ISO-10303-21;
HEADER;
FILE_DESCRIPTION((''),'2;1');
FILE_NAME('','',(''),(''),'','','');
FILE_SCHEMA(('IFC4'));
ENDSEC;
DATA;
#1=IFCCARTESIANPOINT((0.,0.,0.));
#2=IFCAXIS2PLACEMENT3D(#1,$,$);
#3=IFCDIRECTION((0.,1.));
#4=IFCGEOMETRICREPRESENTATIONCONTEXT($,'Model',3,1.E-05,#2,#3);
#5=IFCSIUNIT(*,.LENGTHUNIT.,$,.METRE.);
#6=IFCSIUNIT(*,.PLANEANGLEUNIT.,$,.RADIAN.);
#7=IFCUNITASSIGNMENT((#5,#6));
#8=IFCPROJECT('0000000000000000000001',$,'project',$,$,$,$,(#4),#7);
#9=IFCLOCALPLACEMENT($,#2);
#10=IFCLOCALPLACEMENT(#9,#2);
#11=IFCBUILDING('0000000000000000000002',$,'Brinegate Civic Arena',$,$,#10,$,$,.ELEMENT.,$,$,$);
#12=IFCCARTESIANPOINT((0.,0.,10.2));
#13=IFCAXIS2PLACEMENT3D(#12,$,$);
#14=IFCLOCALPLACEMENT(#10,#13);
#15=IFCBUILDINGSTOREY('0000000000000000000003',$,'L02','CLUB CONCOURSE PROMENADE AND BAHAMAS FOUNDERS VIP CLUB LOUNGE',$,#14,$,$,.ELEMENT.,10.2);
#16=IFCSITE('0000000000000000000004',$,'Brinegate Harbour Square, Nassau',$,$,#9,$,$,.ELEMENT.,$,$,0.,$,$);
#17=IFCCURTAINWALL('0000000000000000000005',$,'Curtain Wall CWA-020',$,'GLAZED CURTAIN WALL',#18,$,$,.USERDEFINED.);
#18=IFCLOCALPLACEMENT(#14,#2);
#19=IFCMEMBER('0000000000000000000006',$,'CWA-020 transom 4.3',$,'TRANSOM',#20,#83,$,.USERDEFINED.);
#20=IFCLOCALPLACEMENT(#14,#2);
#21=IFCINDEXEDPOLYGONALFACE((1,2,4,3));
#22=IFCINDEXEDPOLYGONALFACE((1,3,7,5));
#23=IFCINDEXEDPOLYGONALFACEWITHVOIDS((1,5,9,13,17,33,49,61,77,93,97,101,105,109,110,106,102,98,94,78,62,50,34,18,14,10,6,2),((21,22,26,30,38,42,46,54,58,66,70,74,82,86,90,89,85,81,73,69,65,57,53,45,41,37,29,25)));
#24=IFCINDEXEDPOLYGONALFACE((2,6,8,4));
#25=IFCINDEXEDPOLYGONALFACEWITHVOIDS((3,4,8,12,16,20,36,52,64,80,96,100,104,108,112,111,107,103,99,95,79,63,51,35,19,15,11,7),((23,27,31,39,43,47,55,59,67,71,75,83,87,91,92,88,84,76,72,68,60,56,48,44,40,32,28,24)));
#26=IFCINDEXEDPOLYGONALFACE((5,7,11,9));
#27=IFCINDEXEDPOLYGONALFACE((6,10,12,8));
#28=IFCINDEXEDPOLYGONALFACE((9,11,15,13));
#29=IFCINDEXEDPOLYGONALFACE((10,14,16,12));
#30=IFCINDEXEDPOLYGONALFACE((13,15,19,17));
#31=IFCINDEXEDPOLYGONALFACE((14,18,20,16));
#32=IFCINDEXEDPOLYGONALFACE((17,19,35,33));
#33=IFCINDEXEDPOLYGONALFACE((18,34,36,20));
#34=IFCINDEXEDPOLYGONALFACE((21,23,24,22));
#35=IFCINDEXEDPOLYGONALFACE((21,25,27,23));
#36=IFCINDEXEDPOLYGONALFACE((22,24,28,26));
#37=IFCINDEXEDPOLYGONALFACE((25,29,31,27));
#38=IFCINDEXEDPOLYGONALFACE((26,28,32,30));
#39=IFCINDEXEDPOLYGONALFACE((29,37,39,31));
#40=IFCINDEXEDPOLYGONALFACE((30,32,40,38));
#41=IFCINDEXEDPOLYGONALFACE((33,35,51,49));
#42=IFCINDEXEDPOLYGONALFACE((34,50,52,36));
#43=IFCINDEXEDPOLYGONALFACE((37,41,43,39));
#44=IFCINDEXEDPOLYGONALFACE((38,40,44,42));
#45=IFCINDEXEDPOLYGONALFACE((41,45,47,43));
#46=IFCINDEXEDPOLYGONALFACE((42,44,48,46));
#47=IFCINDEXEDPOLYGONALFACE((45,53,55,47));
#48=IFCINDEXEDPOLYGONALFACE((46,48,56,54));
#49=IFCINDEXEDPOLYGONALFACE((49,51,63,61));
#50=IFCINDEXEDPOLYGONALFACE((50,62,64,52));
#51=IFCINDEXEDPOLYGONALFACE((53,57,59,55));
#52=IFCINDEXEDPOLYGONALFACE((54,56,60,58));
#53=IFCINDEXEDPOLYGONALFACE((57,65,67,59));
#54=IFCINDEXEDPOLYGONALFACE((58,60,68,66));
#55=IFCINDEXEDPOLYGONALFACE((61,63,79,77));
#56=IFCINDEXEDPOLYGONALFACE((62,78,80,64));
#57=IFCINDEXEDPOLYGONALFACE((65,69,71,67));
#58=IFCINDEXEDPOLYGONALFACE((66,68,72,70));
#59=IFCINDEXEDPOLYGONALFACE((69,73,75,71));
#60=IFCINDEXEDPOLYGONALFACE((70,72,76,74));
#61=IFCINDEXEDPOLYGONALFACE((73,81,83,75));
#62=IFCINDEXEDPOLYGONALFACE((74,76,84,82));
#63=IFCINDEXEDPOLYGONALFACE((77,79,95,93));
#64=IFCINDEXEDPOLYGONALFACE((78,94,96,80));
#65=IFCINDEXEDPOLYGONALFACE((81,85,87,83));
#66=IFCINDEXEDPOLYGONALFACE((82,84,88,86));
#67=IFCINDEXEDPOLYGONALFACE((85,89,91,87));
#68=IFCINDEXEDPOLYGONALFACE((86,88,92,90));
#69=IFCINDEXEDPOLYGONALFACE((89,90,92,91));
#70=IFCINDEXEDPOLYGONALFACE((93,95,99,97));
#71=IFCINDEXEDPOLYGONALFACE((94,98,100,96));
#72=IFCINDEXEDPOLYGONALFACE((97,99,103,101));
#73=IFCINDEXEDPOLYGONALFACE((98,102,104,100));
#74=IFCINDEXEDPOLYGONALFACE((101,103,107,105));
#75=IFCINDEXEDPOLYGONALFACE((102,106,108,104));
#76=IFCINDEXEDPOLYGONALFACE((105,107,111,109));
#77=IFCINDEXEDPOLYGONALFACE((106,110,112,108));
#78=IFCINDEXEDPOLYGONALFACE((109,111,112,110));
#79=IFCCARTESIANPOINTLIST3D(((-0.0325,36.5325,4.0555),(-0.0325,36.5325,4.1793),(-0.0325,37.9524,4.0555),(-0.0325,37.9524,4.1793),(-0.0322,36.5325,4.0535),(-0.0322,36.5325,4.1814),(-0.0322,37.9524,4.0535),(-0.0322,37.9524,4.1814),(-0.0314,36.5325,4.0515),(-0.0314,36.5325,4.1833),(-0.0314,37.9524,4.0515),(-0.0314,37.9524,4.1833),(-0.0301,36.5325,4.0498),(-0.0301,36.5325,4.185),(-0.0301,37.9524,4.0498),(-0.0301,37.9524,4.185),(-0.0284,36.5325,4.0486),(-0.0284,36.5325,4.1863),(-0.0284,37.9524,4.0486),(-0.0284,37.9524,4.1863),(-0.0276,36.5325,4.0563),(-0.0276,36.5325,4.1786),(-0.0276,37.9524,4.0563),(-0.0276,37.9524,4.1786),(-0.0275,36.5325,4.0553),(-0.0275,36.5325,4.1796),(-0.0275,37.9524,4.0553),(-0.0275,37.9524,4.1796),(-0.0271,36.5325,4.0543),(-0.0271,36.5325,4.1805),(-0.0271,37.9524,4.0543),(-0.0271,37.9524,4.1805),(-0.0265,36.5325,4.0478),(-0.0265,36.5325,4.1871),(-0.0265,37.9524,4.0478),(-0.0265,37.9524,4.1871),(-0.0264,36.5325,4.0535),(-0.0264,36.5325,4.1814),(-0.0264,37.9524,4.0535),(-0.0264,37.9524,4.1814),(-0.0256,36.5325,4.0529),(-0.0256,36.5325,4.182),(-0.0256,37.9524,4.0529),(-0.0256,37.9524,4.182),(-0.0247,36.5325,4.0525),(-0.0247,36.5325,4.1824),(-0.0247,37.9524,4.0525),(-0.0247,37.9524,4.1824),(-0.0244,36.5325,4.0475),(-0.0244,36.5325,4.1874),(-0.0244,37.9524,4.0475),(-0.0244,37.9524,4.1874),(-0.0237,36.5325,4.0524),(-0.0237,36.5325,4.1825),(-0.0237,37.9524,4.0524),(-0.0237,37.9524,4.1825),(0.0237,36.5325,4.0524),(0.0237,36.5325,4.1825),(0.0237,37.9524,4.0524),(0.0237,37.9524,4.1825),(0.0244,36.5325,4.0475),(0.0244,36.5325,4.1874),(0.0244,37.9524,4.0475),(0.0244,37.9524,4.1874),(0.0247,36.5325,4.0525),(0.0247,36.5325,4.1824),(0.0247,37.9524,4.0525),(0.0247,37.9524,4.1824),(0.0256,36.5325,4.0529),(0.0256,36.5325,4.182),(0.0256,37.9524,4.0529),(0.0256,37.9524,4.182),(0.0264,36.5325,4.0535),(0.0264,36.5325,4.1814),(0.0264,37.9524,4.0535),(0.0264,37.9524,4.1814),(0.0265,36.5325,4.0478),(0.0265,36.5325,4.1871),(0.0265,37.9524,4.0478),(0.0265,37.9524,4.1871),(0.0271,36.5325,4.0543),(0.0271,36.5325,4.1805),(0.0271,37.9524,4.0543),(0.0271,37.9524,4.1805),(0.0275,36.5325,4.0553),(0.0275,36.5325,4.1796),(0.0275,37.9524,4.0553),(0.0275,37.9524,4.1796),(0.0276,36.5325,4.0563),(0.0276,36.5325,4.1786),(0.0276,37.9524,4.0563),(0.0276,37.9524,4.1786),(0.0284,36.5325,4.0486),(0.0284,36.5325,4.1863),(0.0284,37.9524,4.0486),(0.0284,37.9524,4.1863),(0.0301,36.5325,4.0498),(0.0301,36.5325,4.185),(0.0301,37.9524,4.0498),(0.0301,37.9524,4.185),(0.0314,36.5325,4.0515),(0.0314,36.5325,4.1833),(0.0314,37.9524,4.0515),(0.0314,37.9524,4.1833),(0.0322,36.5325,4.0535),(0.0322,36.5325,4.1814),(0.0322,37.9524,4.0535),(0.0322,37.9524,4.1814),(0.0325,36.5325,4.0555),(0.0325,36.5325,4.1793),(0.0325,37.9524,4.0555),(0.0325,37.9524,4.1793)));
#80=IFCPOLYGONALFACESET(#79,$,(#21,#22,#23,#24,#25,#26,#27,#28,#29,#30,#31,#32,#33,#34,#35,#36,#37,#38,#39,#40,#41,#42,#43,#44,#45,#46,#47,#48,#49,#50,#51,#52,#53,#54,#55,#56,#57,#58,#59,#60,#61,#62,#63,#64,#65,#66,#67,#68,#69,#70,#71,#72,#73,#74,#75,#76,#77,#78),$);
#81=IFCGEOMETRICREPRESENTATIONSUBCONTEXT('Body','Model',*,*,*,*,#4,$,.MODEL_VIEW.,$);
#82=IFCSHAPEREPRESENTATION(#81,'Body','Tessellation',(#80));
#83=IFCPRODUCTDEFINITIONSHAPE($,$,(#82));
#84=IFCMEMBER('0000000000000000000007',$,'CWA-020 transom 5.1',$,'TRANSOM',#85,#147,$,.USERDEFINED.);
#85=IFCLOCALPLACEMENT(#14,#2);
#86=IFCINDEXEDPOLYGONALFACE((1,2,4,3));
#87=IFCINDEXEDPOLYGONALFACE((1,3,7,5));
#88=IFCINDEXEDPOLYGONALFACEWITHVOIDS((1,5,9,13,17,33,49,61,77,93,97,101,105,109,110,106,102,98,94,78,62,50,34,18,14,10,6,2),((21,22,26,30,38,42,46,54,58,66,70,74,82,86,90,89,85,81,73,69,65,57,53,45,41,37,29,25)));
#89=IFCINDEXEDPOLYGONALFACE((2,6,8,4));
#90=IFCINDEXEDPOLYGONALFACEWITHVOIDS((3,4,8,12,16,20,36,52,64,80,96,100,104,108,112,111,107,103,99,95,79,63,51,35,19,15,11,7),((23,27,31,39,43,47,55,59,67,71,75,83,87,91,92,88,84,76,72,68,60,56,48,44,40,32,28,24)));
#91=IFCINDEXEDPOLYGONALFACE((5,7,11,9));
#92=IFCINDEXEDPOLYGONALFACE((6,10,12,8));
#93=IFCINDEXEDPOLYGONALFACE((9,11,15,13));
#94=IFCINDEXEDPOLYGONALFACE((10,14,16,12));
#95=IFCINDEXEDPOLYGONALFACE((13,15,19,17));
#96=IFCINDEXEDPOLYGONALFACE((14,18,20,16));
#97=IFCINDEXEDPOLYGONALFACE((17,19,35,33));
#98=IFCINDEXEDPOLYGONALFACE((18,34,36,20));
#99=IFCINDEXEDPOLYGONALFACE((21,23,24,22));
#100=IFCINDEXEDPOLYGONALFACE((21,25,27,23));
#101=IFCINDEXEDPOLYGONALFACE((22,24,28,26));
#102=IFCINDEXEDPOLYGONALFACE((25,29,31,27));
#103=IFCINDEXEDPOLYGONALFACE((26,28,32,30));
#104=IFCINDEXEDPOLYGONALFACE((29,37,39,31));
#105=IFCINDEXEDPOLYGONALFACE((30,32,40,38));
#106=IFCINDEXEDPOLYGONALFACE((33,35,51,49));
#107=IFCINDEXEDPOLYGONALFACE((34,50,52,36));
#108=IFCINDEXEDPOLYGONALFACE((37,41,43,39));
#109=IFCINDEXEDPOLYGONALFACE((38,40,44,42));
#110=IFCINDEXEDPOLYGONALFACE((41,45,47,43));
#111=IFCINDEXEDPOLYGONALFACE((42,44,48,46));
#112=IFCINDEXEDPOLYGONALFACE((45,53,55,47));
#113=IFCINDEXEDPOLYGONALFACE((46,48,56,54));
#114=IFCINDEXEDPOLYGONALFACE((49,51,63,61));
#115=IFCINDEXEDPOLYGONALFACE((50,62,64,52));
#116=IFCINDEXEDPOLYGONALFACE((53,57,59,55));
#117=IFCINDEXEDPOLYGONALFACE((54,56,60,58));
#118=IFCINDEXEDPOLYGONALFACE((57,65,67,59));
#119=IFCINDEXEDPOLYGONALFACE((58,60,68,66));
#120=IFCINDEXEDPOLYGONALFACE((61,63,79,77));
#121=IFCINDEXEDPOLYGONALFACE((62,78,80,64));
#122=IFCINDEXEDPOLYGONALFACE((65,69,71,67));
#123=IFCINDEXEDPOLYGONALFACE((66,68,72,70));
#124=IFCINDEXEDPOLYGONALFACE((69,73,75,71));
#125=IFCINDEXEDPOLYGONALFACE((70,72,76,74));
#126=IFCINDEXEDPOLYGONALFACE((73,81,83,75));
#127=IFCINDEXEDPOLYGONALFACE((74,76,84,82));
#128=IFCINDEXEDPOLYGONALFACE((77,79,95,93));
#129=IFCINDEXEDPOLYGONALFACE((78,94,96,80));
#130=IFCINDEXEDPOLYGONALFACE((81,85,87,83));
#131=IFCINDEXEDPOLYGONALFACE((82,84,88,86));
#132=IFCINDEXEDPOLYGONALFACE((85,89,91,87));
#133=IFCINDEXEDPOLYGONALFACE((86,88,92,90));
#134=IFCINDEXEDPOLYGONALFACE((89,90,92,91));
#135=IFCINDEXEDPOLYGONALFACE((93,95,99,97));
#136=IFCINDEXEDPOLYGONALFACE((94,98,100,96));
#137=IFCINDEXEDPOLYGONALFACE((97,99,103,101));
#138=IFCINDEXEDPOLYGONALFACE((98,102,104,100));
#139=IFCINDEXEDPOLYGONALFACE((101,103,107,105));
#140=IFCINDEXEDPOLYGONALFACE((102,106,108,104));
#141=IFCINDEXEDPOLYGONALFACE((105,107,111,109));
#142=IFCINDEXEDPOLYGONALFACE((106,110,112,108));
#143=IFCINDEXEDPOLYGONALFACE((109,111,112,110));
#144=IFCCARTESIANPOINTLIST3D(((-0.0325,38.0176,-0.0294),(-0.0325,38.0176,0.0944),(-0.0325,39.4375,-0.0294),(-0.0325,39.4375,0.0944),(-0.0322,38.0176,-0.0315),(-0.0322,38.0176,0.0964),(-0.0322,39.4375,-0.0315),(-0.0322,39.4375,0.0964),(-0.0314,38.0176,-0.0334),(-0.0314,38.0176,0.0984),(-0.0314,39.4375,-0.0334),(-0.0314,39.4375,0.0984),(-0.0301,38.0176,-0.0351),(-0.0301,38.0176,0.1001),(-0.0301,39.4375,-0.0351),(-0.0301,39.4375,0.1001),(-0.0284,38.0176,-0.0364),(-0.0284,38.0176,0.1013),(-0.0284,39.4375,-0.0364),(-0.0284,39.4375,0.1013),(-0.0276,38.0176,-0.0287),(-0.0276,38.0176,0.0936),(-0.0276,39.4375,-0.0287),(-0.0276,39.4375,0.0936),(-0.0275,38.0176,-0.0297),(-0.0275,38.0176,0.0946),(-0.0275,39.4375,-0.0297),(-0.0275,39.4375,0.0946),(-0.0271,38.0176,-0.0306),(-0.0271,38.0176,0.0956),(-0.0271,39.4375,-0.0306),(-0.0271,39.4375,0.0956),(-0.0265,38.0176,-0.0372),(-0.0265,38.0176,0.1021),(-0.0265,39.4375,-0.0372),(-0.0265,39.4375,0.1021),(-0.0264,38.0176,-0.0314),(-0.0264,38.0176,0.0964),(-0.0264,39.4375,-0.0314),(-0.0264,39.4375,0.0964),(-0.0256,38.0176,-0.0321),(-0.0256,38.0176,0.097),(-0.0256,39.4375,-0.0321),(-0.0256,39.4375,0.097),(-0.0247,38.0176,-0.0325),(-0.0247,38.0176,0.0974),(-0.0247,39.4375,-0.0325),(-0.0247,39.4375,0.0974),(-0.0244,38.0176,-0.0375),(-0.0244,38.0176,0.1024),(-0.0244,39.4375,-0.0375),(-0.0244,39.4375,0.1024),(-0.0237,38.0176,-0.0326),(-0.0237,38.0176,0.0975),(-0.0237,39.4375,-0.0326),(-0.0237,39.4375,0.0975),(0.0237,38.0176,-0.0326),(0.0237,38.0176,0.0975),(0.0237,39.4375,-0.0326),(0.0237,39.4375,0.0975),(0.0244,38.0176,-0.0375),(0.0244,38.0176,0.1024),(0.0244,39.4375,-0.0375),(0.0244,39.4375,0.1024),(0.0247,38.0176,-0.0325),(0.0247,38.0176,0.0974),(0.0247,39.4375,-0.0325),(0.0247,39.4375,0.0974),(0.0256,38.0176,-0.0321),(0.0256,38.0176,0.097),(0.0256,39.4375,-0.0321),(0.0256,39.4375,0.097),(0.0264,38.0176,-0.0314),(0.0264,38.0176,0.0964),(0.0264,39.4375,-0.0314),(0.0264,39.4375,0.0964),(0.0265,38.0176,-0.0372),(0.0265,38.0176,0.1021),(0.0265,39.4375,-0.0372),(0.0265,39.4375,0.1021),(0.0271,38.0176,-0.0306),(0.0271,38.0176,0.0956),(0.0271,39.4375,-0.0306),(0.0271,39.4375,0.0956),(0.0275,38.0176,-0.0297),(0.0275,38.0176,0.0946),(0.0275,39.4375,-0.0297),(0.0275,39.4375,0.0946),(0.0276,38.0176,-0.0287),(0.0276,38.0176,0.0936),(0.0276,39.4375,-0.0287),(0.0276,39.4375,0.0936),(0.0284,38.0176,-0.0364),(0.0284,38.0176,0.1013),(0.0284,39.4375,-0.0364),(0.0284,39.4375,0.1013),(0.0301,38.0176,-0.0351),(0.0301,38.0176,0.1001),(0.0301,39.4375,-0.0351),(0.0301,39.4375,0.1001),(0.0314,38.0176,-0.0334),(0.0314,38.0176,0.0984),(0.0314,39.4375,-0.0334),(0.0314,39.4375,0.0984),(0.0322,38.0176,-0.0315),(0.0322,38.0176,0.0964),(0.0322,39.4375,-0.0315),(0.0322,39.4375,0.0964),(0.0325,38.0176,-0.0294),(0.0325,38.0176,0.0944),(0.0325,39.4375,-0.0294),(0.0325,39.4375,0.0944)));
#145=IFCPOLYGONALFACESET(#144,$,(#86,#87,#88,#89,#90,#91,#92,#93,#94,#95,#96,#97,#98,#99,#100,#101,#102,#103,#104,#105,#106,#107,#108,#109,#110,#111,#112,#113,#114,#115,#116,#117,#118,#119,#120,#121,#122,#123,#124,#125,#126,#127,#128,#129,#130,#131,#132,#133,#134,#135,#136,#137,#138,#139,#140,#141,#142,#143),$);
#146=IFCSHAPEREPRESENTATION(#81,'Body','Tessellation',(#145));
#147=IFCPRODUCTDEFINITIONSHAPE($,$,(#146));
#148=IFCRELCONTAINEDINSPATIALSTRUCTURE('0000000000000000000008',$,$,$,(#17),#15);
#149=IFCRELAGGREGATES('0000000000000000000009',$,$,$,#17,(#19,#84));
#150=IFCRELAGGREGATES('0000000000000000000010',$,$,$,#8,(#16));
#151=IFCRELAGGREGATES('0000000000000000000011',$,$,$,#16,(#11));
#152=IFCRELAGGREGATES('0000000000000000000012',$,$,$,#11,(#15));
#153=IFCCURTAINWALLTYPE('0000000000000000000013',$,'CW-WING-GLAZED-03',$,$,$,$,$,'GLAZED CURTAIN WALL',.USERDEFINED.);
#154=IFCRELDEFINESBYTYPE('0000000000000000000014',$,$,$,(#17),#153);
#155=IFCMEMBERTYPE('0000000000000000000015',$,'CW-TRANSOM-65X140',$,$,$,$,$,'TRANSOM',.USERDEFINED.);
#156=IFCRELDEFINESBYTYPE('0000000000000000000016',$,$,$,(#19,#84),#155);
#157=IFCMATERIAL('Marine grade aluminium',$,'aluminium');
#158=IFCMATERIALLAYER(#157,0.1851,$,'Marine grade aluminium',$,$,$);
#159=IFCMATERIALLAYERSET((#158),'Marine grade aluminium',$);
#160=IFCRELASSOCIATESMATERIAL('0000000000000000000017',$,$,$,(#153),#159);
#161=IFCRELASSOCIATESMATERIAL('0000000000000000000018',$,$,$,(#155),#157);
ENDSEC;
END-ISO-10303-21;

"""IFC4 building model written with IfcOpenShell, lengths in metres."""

from ifc_helpers import new_model, si_unit, direction, frame, origin, origin_2d, place, context, subcontext, project, spatial, hollow_rectangle, extrude, material, layer, layer_set, material_profile, profile_set, type_object, element, aggregate, save


model = new_model("IFC4")

# Units and contexts
model_context = context("Model", 3, precision=1e-05, world=origin(), true_north=direction((0.0, 1.0)))
body_context = subcontext(model_context, "Body", "Model", "MODEL_VIEW")
ifc_project = project(units=[si_unit("LENGTHUNIT", "METRE"), si_unit("PLANEANGLEUNIT", "RADIAN")], contexts=[model_context])

# Site, building, storey
site_placement = place(None, origin())
site = spatial("IfcSite", under=ifc_project, at=site_placement, Name="Brinegate Harbour Square, Nassau", CompositionType="ELEMENT", RefElevation=0.0)
building_placement = place(site_placement, origin())
building = spatial("IfcBuilding", under=site, at=building_placement, Name="Brinegate Civic Arena", CompositionType="ELEMENT")
storey_placement = place(building_placement, frame((0.0, 0.0, 10.2)))
storey = spatial("IfcBuildingStorey", under=building, at=storey_placement, Name="L02", Description="CLUB CONCOURSE PROMENADE AND BAHAMAS FOUNDERS VIP CLUB LOUNGE", CompositionType="ELEMENT", Elevation=10.2)

# Curtain wall, members
ifc_material_1 = material(Name="Marine grade aluminium", Category="aluminium")
ifc_layer_1 = layer(ifc_material_1, 0.1851, Name="Marine grade aluminium")
ifc_layer_set_1 = layer_set([ifc_layer_1], Name="Marine grade aluminium")
curtain_wall_type = type_object("IfcCurtainWallType", Name="CW-WING-GLAZED-03", ElementType="GLAZED CURTAIN WALL", PredefinedType="USERDEFINED", material=ifc_layer_set_1)
curtain_wall_placement = place(storey_placement, origin())
curtain_wall = element("IfcCurtainWall", 1, at=curtain_wall_placement, inside=storey, type_object=curtain_wall_type, Name="Curtain Wall CWA-020", ObjectType="GLAZED CURTAIN WALL", PredefinedType="USERDEFINED")
ifc_material_profile_1 = material_profile(ifc_material_1, hollow_rectangle(XDim=0.0649, YDim=0.1399, WallThickness=0.0049, InnerFilletRadius=0.0039, OuterFilletRadius=0.0081, at=origin_2d()), Name="TRN65X140")
ifc_profile_set_1 = profile_set([ifc_material_profile_1], Name="Marine grade aluminium")
member_type_1 = type_object("IfcMemberType", Name="CW-TRANSOM-65X140", ElementType="TRANSOM", PredefinedType="USERDEFINED", material=ifc_profile_set_1)
member_1_placement = place(storey_placement, frame((0.0, 36.5325, 4.1174), z_axis=(0.0, 1.0, 0.0), x_axis=(-1.0, 0.0, 0.0)))
member_1 = element("IfcMember", 2, at=member_1_placement, type_object=member_type_1, Name="CWA-020 transom 4.3", ObjectType="TRANSOM", PredefinedType="USERDEFINED", context=body_context, shape_type="SweptSolid", body=[
    extrude(hollow_rectangle(XDim=0.0649, YDim=0.1399, WallThickness=0.0049, InnerFilletRadius=0.0039, OuterFilletRadius=0.0081, at=origin_2d()), origin(), (0.0, 0.0, 1.0), 1.4199),
])
member_2_placement = place(storey_placement, frame((0.0, 38.0176, 0.0325), z_axis=(0.0, 1.0, 0.0), x_axis=(-1.0, 0.0, 0.0)))
member_2 = element("IfcMember", 3, at=member_2_placement, type_object=member_type_1, Name="CWA-020 transom 5.1", ObjectType="TRANSOM", PredefinedType="USERDEFINED", context=body_context, shape_type="SweptSolid", body=[
    extrude(hollow_rectangle(XDim=0.0649, YDim=0.1399, WallThickness=0.0049, InnerFilletRadius=0.0039, OuterFilletRadius=0.0081, at=origin_2d()), origin(), (0.0, 0.0, 1.0), 1.4199),
])

aggregate(curtain_wall, [member_1, member_2])

save(model, "model.ifc")
